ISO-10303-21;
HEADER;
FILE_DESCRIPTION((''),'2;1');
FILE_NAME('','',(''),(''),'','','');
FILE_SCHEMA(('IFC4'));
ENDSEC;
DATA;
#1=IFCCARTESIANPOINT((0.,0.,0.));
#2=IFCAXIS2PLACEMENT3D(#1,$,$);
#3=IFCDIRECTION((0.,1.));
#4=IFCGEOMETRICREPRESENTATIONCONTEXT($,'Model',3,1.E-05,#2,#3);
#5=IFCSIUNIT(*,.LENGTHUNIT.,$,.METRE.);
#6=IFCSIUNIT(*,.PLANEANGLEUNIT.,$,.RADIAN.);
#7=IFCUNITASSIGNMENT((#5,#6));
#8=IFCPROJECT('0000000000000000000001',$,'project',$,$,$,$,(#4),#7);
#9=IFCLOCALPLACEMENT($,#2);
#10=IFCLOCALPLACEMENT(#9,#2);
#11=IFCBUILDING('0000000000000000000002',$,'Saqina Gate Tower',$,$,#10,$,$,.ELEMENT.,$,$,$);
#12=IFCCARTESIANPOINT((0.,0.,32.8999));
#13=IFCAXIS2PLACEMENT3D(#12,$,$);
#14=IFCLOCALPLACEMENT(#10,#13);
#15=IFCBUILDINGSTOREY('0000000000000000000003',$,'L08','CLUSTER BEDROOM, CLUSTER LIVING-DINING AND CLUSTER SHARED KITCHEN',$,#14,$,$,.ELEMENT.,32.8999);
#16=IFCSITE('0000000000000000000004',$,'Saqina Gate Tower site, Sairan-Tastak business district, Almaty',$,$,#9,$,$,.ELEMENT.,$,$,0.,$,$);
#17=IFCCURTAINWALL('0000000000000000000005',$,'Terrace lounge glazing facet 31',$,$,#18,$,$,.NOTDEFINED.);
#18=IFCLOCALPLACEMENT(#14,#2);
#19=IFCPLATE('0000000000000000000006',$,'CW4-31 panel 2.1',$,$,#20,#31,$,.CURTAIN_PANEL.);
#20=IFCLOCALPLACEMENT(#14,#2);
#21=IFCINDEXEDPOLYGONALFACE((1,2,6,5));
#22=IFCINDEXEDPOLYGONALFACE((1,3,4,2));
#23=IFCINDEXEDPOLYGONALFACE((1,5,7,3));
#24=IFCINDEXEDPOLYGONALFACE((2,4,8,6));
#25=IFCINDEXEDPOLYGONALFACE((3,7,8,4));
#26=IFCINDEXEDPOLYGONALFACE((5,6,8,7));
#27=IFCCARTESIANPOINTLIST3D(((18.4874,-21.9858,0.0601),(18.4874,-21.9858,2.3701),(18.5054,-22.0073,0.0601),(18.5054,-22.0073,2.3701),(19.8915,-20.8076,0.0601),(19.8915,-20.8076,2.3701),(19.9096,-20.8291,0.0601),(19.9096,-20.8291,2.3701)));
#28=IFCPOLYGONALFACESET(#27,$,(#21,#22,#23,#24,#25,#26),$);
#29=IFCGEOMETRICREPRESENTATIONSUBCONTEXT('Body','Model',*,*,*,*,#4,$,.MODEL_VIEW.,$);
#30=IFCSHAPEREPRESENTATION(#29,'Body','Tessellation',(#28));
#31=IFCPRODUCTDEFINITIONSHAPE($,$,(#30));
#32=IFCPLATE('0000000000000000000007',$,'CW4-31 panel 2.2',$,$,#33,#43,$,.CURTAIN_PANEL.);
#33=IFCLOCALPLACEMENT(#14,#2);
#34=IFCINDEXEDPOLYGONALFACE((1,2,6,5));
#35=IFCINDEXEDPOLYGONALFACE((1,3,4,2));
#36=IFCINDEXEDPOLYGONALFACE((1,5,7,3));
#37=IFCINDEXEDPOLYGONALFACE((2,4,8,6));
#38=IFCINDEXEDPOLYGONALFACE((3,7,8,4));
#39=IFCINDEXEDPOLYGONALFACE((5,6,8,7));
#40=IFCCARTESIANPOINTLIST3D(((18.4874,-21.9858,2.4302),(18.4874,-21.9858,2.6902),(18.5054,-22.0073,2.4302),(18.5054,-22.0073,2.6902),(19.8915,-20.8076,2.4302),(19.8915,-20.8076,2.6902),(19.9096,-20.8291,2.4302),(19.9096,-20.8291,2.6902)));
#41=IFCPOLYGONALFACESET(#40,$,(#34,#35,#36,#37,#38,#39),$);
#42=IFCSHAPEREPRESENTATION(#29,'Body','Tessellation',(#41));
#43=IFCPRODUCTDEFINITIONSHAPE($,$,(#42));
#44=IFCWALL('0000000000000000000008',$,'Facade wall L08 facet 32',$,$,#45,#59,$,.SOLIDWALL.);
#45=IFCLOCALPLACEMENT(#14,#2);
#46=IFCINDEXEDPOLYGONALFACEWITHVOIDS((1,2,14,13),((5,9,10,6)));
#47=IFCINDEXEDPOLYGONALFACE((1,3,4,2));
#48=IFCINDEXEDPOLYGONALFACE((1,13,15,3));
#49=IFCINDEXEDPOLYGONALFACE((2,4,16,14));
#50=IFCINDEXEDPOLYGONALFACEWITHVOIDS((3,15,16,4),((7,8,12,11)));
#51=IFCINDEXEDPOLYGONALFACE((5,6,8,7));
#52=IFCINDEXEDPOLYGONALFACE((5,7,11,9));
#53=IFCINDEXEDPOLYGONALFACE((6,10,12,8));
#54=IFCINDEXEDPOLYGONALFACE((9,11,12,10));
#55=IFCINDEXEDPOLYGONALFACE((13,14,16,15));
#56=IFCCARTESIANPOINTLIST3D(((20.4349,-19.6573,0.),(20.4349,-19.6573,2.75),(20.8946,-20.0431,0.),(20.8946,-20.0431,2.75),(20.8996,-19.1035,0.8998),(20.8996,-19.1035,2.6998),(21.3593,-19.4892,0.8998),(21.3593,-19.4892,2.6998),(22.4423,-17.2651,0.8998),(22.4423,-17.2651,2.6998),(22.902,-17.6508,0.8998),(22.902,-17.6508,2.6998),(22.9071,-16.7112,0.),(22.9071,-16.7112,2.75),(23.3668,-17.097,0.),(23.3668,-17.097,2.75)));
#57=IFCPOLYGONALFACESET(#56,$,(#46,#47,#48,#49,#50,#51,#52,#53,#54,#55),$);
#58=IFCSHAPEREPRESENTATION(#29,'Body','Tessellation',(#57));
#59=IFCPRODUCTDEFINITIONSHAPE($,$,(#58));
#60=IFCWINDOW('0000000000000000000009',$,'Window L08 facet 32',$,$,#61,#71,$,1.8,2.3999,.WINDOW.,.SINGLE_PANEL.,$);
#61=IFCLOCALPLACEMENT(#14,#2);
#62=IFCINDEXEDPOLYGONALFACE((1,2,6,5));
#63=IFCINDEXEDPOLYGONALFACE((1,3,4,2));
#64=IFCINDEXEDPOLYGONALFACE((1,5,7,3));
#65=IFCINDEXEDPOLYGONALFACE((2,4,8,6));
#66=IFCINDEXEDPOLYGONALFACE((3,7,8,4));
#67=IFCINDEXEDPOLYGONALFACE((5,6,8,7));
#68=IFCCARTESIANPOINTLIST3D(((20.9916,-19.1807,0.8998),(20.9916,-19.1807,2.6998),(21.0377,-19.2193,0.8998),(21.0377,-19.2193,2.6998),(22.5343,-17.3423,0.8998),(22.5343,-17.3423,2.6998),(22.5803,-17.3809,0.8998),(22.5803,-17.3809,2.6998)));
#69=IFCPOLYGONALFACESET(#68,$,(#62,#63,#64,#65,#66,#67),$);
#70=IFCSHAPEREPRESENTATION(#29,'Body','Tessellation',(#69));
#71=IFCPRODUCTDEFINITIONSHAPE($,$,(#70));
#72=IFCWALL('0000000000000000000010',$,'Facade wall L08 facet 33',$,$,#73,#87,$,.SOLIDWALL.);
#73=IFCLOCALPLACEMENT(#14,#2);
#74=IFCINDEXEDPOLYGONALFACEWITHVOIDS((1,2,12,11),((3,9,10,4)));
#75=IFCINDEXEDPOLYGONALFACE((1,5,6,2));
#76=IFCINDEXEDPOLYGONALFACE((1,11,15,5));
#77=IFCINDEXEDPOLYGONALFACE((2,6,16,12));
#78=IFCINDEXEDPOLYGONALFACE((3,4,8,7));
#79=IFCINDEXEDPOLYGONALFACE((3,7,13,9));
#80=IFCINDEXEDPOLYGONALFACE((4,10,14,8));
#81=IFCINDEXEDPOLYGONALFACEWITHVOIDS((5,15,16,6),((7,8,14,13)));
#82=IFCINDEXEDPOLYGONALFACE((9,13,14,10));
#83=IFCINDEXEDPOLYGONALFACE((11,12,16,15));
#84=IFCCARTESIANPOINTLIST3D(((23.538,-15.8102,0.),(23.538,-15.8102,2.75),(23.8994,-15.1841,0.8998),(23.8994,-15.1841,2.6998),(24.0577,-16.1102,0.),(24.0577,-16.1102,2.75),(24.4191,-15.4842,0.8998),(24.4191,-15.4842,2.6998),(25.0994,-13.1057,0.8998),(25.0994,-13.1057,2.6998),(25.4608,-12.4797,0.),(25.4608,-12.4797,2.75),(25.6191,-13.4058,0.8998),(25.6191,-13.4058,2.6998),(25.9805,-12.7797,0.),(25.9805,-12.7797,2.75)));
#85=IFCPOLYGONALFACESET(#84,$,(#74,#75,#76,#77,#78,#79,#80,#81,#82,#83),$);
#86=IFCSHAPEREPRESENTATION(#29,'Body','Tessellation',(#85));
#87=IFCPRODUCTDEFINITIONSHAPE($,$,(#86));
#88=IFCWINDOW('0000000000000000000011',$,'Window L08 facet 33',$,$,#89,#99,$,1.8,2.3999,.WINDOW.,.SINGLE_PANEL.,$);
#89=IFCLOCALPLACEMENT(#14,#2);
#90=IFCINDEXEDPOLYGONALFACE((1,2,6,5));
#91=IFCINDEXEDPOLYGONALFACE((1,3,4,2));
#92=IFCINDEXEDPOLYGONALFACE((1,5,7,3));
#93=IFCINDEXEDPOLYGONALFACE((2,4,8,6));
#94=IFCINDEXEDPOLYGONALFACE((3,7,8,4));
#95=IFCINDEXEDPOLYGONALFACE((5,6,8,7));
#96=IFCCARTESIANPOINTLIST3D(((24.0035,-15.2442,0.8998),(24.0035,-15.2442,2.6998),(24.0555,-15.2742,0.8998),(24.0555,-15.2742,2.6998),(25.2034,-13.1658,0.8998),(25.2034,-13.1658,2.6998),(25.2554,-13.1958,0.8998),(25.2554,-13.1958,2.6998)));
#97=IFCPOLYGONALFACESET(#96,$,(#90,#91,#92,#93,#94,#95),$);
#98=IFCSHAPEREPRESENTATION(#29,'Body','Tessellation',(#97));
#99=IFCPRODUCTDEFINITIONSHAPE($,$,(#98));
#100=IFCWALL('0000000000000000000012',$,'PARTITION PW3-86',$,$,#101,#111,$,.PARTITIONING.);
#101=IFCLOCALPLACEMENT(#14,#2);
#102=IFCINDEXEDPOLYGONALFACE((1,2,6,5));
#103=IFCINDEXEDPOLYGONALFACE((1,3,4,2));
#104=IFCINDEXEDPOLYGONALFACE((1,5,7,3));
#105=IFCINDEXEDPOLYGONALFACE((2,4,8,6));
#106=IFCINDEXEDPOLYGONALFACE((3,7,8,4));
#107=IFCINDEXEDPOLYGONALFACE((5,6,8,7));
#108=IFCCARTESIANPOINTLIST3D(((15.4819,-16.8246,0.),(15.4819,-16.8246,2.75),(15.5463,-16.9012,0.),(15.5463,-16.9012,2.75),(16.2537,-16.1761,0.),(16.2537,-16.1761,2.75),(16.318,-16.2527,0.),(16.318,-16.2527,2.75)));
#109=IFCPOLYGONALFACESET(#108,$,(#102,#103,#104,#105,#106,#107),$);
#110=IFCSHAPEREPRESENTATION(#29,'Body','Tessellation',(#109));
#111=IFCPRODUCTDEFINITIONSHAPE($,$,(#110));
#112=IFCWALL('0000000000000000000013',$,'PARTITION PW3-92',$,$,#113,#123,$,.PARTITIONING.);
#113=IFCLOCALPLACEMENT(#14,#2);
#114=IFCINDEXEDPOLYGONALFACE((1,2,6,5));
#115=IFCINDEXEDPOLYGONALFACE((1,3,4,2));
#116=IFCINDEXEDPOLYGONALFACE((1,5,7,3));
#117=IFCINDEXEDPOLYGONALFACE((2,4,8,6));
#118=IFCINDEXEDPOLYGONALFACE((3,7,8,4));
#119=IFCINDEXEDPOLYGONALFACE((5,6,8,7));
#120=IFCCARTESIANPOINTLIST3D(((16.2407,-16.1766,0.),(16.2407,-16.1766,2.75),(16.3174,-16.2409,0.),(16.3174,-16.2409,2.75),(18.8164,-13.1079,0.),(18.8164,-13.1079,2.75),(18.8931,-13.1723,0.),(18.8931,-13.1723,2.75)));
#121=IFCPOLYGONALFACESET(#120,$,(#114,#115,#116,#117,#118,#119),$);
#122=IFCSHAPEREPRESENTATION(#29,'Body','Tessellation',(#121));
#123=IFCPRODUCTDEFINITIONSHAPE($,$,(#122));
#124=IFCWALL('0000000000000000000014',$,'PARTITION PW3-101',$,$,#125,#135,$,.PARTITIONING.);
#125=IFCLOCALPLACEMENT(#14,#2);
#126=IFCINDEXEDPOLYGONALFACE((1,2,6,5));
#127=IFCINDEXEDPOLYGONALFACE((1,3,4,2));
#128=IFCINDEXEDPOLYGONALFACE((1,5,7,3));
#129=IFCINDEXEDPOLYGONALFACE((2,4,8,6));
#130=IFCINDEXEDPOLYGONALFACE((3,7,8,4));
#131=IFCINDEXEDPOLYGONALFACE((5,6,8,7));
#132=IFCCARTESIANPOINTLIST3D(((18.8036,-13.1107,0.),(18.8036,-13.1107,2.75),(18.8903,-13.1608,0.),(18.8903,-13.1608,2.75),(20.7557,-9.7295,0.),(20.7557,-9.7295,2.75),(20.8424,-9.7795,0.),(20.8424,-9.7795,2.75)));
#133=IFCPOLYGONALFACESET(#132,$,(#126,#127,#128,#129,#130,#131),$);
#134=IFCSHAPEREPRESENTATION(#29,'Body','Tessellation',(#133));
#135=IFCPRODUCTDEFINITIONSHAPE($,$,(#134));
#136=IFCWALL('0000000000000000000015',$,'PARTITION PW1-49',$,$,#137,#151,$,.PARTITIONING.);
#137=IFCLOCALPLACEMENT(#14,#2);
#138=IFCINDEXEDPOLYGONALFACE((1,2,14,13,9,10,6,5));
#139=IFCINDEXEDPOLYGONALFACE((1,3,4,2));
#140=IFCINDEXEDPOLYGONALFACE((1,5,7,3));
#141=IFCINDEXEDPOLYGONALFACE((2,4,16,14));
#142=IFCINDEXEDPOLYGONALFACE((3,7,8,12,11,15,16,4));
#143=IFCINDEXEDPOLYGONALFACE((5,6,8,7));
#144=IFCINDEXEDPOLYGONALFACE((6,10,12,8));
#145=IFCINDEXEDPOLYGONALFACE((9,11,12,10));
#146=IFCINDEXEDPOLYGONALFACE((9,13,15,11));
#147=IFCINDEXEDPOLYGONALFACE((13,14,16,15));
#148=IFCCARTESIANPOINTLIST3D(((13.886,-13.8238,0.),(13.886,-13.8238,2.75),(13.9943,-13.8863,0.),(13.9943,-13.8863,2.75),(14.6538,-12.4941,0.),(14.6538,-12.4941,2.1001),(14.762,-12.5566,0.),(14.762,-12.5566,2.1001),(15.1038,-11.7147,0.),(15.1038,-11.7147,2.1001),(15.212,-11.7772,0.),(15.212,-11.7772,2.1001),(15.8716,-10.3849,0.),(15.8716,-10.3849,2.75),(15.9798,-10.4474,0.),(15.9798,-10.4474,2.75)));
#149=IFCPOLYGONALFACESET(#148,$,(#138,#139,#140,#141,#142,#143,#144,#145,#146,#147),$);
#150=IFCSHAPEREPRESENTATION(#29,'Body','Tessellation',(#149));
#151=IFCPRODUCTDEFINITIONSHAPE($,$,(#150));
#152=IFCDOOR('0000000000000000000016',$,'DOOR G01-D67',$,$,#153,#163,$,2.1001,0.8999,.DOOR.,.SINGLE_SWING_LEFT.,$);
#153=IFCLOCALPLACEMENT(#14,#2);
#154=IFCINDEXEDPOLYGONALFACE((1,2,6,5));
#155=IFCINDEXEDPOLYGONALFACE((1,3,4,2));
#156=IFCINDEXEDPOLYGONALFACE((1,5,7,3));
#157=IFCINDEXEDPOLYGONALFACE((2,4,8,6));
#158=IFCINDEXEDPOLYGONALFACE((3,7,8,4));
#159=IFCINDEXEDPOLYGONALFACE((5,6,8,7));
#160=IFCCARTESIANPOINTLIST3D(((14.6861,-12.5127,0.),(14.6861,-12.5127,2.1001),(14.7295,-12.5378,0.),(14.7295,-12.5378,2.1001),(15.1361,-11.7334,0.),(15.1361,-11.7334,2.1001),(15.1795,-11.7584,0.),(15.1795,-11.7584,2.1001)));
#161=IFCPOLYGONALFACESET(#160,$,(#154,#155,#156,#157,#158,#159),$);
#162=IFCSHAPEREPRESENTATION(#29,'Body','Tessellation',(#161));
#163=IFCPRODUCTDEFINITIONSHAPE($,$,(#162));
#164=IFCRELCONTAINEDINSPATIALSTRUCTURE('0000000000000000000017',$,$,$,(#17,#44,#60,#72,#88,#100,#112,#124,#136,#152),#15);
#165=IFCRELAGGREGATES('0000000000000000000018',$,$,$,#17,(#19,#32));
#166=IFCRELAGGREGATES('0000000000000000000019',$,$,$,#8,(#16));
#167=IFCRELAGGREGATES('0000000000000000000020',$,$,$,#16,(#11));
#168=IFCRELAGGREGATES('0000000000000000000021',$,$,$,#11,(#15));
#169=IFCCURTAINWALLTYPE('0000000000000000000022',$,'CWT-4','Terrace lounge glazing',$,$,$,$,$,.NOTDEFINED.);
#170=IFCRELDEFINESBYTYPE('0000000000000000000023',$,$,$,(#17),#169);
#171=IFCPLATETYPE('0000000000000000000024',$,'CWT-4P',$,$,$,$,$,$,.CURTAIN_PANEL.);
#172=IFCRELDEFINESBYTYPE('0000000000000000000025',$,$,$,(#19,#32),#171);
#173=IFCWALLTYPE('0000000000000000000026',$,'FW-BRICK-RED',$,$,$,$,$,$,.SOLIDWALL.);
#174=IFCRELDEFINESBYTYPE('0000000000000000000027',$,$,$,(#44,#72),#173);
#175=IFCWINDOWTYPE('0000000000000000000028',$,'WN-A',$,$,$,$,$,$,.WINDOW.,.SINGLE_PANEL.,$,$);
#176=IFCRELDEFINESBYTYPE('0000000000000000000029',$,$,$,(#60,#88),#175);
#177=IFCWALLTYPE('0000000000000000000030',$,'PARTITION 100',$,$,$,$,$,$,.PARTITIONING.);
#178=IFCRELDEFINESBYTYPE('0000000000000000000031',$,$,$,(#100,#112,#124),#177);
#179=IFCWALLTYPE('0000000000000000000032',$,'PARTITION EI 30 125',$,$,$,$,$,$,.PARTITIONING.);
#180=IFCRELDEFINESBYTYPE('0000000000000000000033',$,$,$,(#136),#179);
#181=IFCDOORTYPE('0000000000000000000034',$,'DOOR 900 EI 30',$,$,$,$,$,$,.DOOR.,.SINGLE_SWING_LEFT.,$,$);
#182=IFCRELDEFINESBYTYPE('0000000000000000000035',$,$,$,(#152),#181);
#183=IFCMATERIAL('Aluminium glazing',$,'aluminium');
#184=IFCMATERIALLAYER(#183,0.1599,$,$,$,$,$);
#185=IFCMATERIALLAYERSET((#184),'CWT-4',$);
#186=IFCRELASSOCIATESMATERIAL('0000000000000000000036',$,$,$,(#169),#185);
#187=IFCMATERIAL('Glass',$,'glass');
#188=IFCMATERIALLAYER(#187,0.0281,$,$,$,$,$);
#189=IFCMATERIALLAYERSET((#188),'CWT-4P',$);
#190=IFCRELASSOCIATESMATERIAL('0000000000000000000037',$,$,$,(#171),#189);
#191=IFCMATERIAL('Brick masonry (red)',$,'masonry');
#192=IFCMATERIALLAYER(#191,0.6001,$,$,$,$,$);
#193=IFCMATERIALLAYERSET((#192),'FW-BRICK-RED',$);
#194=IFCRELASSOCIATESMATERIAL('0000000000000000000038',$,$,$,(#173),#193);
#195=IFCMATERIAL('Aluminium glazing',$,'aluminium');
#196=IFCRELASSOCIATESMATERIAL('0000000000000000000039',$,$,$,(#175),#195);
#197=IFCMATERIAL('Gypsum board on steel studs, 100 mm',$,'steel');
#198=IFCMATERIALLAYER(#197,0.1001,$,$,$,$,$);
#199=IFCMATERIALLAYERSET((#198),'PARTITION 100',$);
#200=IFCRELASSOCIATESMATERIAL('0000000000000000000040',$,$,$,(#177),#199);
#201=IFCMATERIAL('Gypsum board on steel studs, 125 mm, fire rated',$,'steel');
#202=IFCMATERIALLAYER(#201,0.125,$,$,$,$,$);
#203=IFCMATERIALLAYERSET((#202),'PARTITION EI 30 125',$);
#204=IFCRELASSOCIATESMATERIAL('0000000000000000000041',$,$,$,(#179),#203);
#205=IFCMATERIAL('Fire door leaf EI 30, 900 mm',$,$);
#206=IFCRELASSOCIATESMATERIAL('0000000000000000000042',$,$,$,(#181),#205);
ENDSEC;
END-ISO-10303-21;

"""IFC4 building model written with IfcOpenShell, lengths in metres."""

from ifc_helpers import new_model, si_unit, direction, frame, frame_2d, origin, origin_2d, place, context, subcontext, project, spatial, rectangle, extrude, material, layer, layer_set, type_object, element, fill, aggregate, save


model = new_model("IFC4")

# Units and contexts
model_context = context("Model", 3, precision=1e-05, world=origin(), true_north=direction((0.0, 1.0)))
body_context = subcontext(model_context, "Body", "Model", "MODEL_VIEW")
ifc_project = project(units=[si_unit("LENGTHUNIT", "METRE"), si_unit("PLANEANGLEUNIT", "RADIAN")], contexts=[model_context])

# Site, building, storey
site_placement = place(None, origin())
site = spatial("IfcSite", under=ifc_project, at=site_placement, Name="Saqina Gate Tower site, Sairan-Tastak business district, Almaty", CompositionType="ELEMENT", RefElevation=0.0)
building_placement = place(site_placement, origin())
building = spatial("IfcBuilding", under=site, at=building_placement, Name="Saqina Gate Tower", CompositionType="ELEMENT")
storey_placement = place(building_placement, frame((0.0, 0.0, 32.8999)))
storey = spatial("IfcBuildingStorey", under=building, at=storey_placement, Name="L08", Description="CLUSTER BEDROOM, CLUSTER LIVING-DINING AND CLUSTER SHARED KITCHEN", CompositionType="ELEMENT", Elevation=32.8999)

# Curtain wall, plates
ifc_material_1 = material(Name="Aluminium glazing", Category="aluminium")
ifc_layer_1 = layer(ifc_material_1, 0.1599)
ifc_layer_set_1 = layer_set([ifc_layer_1], Name="CWT-4")
curtain_wall_type = type_object("IfcCurtainWallType", Name="CWT-4", Description="Terrace lounge glazing", PredefinedType="NOTDEFINED", material=ifc_layer_set_1)
curtain_wall_placement = place(storey_placement, origin())
curtain_wall = element("IfcCurtainWall", 1, at=curtain_wall_placement, inside=storey, type_object=curtain_wall_type, Name="Terrace lounge glazing facet 31", PredefinedType="NOTDEFINED")
ifc_material_2 = material(Name="Glass", Category="glass")
ifc_layer_2 = layer(ifc_material_2, 0.0281)
ifc_layer_set_2 = layer_set([ifc_layer_2], Name="CWT-4P")
plate_type = type_object("IfcPlateType", Name="CWT-4P", PredefinedType="CURTAIN_PANEL", material=ifc_layer_set_2)
plate_1_placement = place(storey_placement, frame((19.1985, -21.4075, 0.0601), z_axis=(0.0, 0.0, 1.0), x_axis=(0.766041, 0.642792, 0.0)))
plate_1 = element("IfcPlate", 2, at=plate_1_placement, type_object=plate_type, Name="CW4-31 panel 2.1", PredefinedType="CURTAIN_PANEL", context=body_context, shape_type="SweptSolid", body=[
    extrude(rectangle(XDim=1.833, YDim=0.0281, at=origin_2d()), origin(), (0.0, 0.0, 1.0), 2.3101),
])
plate_2_placement = place(storey_placement, frame((19.1985, -21.4075, 2.4302), z_axis=(0.0, 0.0, 1.0), x_axis=(0.766041, 0.642792, 0.0)))
plate_2 = element("IfcPlate", 3, at=plate_2_placement, type_object=plate_type, Name="CW4-31 panel 2.2", PredefinedType="CURTAIN_PANEL", context=body_context, shape_type="SweptSolid", body=[
    extrude(rectangle(XDim=1.833, YDim=0.0281, at=origin_2d()), origin(), (0.0, 0.0, 1.0), 0.26),
])
aggregate(curtain_wall, [plate_1, plate_2])

# Walls, openings, windows
ifc_material_3 = material(Name="Brick masonry (red)", Category="masonry")
ifc_layer_3 = layer(ifc_material_3, 0.6001)
ifc_layer_set_3 = layer_set([ifc_layer_3], Name="FW-BRICK-RED")
wall_type_1 = type_object("IfcWallType", Name="FW-BRICK-RED", PredefinedType="SOLIDWALL", material=ifc_layer_set_3)
wall_1_placement = place(storey_placement, frame((20.6648, -19.8501, 0.0), z_axis=(0.0, 0.0, 1.0), x_axis=(0.642809, 0.766026, 0.0)))
wall_1 = element("IfcWall", 4, at=wall_1_placement, inside=storey, type_object=wall_type_1, Name="Facade wall L08 facet 32", PredefinedType="SOLIDWALL", context=body_context, shape_type="SweptSolid", body=[
    extrude(rectangle(XDim=3.8459, YDim=0.6001, at=frame_2d((1.9229, 0.0))), origin(), (0.0, 0.0, 1.0), 2.75),
])
opening_1_placement = place(wall_1_placement, frame((0.7229, 0.0, 0.8999)))
opening_1 = element("IfcOpeningElement", 5, at=opening_1_placement, cuts=wall_1, PredefinedType="OPENING", context=body_context, shape_type="SweptSolid", body=[
    extrude(rectangle(XDim=2.3999, YDim=1.8, at=frame_2d((1.2, 0.8999))), frame((0.0, 0.312, 0.0), z_axis=(0.0, -1.0, 0.0), x_axis=(1.0, 0.0, 0.0)), (0.0, 0.0, 1.0), 0.624),
])
ifc_material_4 = material(Name="Aluminium glazing", Category="aluminium")
window_type = type_object("IfcWindowType", Name="WN-A", PartitioningType="SINGLE_PANEL", PredefinedType="WINDOW", material=ifc_material_4)
window_1_placement = place(opening_1_placement, origin())
window_1 = element("IfcWindow", 6, at=window_1_placement, inside=storey, type_object=window_type, Name="Window L08 facet 32", OverallHeight=1.8, OverallWidth=2.3999, PartitioningType="SINGLE_PANEL", PredefinedType="WINDOW", context=body_context, shape_type="SweptSolid", body=[
    extrude(rectangle(XDim=2.3999, YDim=1.8, at=frame_2d((1.2, 0.8999))), frame((0.0, 0.1799, 0.0), z_axis=(0.0, -1.0, 0.0), x_axis=(1.0, 0.0, 0.0)), (0.0, 0.0, 1.0), 0.0601),
])
fill(opening_1, window_1)
wall_2_placement = place(storey_placement, frame((23.7979, -15.9602, 0.0), z_axis=(0.0, 0.0, 1.0), x_axis=(0.49999, 0.866031, 0.0)))
wall_2 = element("IfcWall", 7, at=wall_2_placement, inside=storey, type_object=wall_type_1, Name="Facade wall L08 facet 33", PredefinedType="SOLIDWALL", context=body_context, shape_type="SweptSolid", body=[
    extrude(rectangle(XDim=3.8457, YDim=0.6001, at=frame_2d((1.9229, 0.0))), origin(), (0.0, 0.0, 1.0), 2.75),
])
opening_2_placement = place(wall_2_placement, frame((0.7229, 0.0, 0.8999)))
opening_2 = element("IfcOpeningElement", 8, at=opening_2_placement, cuts=wall_2, PredefinedType="OPENING", context=body_context, shape_type="SweptSolid", body=[
    extrude(rectangle(XDim=2.3999, YDim=1.8, at=frame_2d((1.2, 0.8999))), frame((0.0, 0.312, 0.0), z_axis=(0.0, -1.0, 0.0), x_axis=(1.0, 0.0, 0.0)), (0.0, 0.0, 1.0), 0.624),
])
window_2_placement = place(opening_2_placement, origin())
window_2 = element("IfcWindow", 9, at=window_2_placement, inside=storey, type_object=window_type, Name="Window L08 facet 33", OverallHeight=1.8, OverallWidth=2.3999, PartitioningType="SINGLE_PANEL", PredefinedType="WINDOW", context=body_context, shape_type="SweptSolid", body=[
    extrude(rectangle(XDim=2.3999, YDim=1.8, at=frame_2d((1.2, 0.8999))), frame((0.0, 0.1799, 0.0), z_axis=(0.0, -1.0, 0.0), x_axis=(1.0, 0.0, 0.0)), (0.0, 0.0, 1.0), 0.0601),
])
fill(opening_2, window_2)

# Walls
ifc_material_5 = material(Name="Gypsum board on steel studs, 100 mm", Category="steel")
ifc_layer_4 = layer(ifc_material_5, 0.1001)
ifc_layer_set_4 = layer_set([ifc_layer_4], Name="PARTITION 100")
wall_type_2 = type_object("IfcWallType", Name="PARTITION 100", PredefinedType="PARTITIONING", material=ifc_layer_set_4)
wall_3_placement = place(storey_placement, frame((15.5142, -16.8628, 0.0), z_axis=(0.0, 0.0, 1.0), x_axis=(0.765614, 0.6433, 0.0)))
element("IfcWall", 10, at=wall_3_placement, inside=storey, type_object=wall_type_2, Name="PARTITION PW3-86", PredefinedType="PARTITIONING", context=body_context, shape_type="SweptSolid", body=[
    extrude(rectangle(XDim=1.0081, YDim=0.1001, at=frame_2d((0.5039, 0.0))), origin(), (0.0, 0.0, 1.0), 2.75),
])
wall_4_placement = place(storey_placement, frame((16.2791, -16.2087, 0.0), z_axis=(0.0, 0.0, 1.0), x_axis=(0.642908, 0.765944, 0.0)))
element("IfcWall", 11, at=wall_4_placement, inside=storey, type_object=wall_type_2, Name="PARTITION PW3-92", PredefinedType="PARTITIONING", context=body_context, shape_type="SweptSolid", body=[
    extrude(rectangle(XDim=4.0063, YDim=0.1001, at=frame_2d((2.0032, 0.0))), origin(), (0.0, 0.0, 1.0), 2.75),
])
wall_5_placement = place(storey_placement, frame((18.8469, -13.1357, 0.0), z_axis=(0.0, 0.0, 1.0), x_axis=(0.499986, 0.866034, 0.0)))
element("IfcWall", 12, at=wall_5_placement, inside=storey, type_object=wall_type_2, Name="PARTITION PW3-101", PredefinedType="PARTITIONING", context=body_context, shape_type="SweptSolid", body=[
    extrude(rectangle(XDim=3.9043, YDim=0.1001, at=frame_2d((1.9521, 0.0))), origin(), (0.0, 0.0, 1.0), 2.75),
])

# Wall, opening, door
ifc_material_6 = material(Name="Gypsum board on steel studs, 125 mm, fire rated", Category="steel")
ifc_layer_5 = layer(ifc_material_6, 0.125)
ifc_layer_set_5 = layer_set([ifc_layer_5], Name="PARTITION EI 30 125")
wall_type_3 = type_object("IfcWallType", Name="PARTITION EI 30 125", PredefinedType="PARTITIONING", material=ifc_layer_set_5)
wall_6_placement = place(storey_placement, frame((13.9402, -13.855, 0.0), z_axis=(0.0, 0.0, 1.0), x_axis=(0.50002, 0.866014, 0.0)))
wall_6 = element("IfcWall", 13, at=wall_6_placement, inside=storey, type_object=wall_type_3, Name="PARTITION PW1-49", PredefinedType="PARTITIONING", context=body_context, shape_type="SweptSolid", body=[
    extrude(rectangle(XDim=3.9709, YDim=0.125, at=frame_2d((1.9854, 0.0))), origin(), (0.0, 0.0, 1.0), 2.75),
])
opening_3_placement = place(wall_6_placement, frame((1.5354, 0.0, 0.0)))
opening_3 = element("IfcOpeningElement", 14, at=opening_3_placement, cuts=wall_6, PredefinedType="OPENING", context=body_context, shape_type="SweptSolid", body=[
    extrude(rectangle(XDim=0.8999, YDim=2.1001, at=frame_2d((0.45, 1.05))), frame((0.0, 0.0745, 0.0), z_axis=(0.0, -1.0, 0.0), x_axis=(1.0, 0.0, 0.0)), (0.0, 0.0, 1.0), 0.1489),
])
ifc_material_7 = material(Name="Fire door leaf EI 30, 900 mm")
door_type = type_object("IfcDoorType", Name="DOOR 900 EI 30", OperationType="SINGLE_SWING_LEFT", PredefinedType="DOOR", material=ifc_material_7)
door_placement = place(opening_3_placement, frame((0.8999, 0.0, 0.0), z_axis=(0.0, 0.0, 1.0), x_axis=(-1.0, 0.0, 0.0)))
door = element("IfcDoor", 15, at=door_placement, inside=storey, type_object=door_type, Name="DOOR G01-D67", OperationType="SINGLE_SWING_LEFT", OverallHeight=2.1001, OverallWidth=0.8999, PredefinedType="DOOR", context=body_context, shape_type="SweptSolid", body=[
    extrude(rectangle(XDim=0.8999, YDim=2.1001, at=frame_2d((0.45, 1.05))), frame((0.0, 0.0249, 0.0), z_axis=(0.0, -1.0, 0.0), x_axis=(1.0, 0.0, 0.0)), (0.0, 0.0, 1.0), 0.05),
])
fill(opening_3, door)

save(model, "model.ifc")
